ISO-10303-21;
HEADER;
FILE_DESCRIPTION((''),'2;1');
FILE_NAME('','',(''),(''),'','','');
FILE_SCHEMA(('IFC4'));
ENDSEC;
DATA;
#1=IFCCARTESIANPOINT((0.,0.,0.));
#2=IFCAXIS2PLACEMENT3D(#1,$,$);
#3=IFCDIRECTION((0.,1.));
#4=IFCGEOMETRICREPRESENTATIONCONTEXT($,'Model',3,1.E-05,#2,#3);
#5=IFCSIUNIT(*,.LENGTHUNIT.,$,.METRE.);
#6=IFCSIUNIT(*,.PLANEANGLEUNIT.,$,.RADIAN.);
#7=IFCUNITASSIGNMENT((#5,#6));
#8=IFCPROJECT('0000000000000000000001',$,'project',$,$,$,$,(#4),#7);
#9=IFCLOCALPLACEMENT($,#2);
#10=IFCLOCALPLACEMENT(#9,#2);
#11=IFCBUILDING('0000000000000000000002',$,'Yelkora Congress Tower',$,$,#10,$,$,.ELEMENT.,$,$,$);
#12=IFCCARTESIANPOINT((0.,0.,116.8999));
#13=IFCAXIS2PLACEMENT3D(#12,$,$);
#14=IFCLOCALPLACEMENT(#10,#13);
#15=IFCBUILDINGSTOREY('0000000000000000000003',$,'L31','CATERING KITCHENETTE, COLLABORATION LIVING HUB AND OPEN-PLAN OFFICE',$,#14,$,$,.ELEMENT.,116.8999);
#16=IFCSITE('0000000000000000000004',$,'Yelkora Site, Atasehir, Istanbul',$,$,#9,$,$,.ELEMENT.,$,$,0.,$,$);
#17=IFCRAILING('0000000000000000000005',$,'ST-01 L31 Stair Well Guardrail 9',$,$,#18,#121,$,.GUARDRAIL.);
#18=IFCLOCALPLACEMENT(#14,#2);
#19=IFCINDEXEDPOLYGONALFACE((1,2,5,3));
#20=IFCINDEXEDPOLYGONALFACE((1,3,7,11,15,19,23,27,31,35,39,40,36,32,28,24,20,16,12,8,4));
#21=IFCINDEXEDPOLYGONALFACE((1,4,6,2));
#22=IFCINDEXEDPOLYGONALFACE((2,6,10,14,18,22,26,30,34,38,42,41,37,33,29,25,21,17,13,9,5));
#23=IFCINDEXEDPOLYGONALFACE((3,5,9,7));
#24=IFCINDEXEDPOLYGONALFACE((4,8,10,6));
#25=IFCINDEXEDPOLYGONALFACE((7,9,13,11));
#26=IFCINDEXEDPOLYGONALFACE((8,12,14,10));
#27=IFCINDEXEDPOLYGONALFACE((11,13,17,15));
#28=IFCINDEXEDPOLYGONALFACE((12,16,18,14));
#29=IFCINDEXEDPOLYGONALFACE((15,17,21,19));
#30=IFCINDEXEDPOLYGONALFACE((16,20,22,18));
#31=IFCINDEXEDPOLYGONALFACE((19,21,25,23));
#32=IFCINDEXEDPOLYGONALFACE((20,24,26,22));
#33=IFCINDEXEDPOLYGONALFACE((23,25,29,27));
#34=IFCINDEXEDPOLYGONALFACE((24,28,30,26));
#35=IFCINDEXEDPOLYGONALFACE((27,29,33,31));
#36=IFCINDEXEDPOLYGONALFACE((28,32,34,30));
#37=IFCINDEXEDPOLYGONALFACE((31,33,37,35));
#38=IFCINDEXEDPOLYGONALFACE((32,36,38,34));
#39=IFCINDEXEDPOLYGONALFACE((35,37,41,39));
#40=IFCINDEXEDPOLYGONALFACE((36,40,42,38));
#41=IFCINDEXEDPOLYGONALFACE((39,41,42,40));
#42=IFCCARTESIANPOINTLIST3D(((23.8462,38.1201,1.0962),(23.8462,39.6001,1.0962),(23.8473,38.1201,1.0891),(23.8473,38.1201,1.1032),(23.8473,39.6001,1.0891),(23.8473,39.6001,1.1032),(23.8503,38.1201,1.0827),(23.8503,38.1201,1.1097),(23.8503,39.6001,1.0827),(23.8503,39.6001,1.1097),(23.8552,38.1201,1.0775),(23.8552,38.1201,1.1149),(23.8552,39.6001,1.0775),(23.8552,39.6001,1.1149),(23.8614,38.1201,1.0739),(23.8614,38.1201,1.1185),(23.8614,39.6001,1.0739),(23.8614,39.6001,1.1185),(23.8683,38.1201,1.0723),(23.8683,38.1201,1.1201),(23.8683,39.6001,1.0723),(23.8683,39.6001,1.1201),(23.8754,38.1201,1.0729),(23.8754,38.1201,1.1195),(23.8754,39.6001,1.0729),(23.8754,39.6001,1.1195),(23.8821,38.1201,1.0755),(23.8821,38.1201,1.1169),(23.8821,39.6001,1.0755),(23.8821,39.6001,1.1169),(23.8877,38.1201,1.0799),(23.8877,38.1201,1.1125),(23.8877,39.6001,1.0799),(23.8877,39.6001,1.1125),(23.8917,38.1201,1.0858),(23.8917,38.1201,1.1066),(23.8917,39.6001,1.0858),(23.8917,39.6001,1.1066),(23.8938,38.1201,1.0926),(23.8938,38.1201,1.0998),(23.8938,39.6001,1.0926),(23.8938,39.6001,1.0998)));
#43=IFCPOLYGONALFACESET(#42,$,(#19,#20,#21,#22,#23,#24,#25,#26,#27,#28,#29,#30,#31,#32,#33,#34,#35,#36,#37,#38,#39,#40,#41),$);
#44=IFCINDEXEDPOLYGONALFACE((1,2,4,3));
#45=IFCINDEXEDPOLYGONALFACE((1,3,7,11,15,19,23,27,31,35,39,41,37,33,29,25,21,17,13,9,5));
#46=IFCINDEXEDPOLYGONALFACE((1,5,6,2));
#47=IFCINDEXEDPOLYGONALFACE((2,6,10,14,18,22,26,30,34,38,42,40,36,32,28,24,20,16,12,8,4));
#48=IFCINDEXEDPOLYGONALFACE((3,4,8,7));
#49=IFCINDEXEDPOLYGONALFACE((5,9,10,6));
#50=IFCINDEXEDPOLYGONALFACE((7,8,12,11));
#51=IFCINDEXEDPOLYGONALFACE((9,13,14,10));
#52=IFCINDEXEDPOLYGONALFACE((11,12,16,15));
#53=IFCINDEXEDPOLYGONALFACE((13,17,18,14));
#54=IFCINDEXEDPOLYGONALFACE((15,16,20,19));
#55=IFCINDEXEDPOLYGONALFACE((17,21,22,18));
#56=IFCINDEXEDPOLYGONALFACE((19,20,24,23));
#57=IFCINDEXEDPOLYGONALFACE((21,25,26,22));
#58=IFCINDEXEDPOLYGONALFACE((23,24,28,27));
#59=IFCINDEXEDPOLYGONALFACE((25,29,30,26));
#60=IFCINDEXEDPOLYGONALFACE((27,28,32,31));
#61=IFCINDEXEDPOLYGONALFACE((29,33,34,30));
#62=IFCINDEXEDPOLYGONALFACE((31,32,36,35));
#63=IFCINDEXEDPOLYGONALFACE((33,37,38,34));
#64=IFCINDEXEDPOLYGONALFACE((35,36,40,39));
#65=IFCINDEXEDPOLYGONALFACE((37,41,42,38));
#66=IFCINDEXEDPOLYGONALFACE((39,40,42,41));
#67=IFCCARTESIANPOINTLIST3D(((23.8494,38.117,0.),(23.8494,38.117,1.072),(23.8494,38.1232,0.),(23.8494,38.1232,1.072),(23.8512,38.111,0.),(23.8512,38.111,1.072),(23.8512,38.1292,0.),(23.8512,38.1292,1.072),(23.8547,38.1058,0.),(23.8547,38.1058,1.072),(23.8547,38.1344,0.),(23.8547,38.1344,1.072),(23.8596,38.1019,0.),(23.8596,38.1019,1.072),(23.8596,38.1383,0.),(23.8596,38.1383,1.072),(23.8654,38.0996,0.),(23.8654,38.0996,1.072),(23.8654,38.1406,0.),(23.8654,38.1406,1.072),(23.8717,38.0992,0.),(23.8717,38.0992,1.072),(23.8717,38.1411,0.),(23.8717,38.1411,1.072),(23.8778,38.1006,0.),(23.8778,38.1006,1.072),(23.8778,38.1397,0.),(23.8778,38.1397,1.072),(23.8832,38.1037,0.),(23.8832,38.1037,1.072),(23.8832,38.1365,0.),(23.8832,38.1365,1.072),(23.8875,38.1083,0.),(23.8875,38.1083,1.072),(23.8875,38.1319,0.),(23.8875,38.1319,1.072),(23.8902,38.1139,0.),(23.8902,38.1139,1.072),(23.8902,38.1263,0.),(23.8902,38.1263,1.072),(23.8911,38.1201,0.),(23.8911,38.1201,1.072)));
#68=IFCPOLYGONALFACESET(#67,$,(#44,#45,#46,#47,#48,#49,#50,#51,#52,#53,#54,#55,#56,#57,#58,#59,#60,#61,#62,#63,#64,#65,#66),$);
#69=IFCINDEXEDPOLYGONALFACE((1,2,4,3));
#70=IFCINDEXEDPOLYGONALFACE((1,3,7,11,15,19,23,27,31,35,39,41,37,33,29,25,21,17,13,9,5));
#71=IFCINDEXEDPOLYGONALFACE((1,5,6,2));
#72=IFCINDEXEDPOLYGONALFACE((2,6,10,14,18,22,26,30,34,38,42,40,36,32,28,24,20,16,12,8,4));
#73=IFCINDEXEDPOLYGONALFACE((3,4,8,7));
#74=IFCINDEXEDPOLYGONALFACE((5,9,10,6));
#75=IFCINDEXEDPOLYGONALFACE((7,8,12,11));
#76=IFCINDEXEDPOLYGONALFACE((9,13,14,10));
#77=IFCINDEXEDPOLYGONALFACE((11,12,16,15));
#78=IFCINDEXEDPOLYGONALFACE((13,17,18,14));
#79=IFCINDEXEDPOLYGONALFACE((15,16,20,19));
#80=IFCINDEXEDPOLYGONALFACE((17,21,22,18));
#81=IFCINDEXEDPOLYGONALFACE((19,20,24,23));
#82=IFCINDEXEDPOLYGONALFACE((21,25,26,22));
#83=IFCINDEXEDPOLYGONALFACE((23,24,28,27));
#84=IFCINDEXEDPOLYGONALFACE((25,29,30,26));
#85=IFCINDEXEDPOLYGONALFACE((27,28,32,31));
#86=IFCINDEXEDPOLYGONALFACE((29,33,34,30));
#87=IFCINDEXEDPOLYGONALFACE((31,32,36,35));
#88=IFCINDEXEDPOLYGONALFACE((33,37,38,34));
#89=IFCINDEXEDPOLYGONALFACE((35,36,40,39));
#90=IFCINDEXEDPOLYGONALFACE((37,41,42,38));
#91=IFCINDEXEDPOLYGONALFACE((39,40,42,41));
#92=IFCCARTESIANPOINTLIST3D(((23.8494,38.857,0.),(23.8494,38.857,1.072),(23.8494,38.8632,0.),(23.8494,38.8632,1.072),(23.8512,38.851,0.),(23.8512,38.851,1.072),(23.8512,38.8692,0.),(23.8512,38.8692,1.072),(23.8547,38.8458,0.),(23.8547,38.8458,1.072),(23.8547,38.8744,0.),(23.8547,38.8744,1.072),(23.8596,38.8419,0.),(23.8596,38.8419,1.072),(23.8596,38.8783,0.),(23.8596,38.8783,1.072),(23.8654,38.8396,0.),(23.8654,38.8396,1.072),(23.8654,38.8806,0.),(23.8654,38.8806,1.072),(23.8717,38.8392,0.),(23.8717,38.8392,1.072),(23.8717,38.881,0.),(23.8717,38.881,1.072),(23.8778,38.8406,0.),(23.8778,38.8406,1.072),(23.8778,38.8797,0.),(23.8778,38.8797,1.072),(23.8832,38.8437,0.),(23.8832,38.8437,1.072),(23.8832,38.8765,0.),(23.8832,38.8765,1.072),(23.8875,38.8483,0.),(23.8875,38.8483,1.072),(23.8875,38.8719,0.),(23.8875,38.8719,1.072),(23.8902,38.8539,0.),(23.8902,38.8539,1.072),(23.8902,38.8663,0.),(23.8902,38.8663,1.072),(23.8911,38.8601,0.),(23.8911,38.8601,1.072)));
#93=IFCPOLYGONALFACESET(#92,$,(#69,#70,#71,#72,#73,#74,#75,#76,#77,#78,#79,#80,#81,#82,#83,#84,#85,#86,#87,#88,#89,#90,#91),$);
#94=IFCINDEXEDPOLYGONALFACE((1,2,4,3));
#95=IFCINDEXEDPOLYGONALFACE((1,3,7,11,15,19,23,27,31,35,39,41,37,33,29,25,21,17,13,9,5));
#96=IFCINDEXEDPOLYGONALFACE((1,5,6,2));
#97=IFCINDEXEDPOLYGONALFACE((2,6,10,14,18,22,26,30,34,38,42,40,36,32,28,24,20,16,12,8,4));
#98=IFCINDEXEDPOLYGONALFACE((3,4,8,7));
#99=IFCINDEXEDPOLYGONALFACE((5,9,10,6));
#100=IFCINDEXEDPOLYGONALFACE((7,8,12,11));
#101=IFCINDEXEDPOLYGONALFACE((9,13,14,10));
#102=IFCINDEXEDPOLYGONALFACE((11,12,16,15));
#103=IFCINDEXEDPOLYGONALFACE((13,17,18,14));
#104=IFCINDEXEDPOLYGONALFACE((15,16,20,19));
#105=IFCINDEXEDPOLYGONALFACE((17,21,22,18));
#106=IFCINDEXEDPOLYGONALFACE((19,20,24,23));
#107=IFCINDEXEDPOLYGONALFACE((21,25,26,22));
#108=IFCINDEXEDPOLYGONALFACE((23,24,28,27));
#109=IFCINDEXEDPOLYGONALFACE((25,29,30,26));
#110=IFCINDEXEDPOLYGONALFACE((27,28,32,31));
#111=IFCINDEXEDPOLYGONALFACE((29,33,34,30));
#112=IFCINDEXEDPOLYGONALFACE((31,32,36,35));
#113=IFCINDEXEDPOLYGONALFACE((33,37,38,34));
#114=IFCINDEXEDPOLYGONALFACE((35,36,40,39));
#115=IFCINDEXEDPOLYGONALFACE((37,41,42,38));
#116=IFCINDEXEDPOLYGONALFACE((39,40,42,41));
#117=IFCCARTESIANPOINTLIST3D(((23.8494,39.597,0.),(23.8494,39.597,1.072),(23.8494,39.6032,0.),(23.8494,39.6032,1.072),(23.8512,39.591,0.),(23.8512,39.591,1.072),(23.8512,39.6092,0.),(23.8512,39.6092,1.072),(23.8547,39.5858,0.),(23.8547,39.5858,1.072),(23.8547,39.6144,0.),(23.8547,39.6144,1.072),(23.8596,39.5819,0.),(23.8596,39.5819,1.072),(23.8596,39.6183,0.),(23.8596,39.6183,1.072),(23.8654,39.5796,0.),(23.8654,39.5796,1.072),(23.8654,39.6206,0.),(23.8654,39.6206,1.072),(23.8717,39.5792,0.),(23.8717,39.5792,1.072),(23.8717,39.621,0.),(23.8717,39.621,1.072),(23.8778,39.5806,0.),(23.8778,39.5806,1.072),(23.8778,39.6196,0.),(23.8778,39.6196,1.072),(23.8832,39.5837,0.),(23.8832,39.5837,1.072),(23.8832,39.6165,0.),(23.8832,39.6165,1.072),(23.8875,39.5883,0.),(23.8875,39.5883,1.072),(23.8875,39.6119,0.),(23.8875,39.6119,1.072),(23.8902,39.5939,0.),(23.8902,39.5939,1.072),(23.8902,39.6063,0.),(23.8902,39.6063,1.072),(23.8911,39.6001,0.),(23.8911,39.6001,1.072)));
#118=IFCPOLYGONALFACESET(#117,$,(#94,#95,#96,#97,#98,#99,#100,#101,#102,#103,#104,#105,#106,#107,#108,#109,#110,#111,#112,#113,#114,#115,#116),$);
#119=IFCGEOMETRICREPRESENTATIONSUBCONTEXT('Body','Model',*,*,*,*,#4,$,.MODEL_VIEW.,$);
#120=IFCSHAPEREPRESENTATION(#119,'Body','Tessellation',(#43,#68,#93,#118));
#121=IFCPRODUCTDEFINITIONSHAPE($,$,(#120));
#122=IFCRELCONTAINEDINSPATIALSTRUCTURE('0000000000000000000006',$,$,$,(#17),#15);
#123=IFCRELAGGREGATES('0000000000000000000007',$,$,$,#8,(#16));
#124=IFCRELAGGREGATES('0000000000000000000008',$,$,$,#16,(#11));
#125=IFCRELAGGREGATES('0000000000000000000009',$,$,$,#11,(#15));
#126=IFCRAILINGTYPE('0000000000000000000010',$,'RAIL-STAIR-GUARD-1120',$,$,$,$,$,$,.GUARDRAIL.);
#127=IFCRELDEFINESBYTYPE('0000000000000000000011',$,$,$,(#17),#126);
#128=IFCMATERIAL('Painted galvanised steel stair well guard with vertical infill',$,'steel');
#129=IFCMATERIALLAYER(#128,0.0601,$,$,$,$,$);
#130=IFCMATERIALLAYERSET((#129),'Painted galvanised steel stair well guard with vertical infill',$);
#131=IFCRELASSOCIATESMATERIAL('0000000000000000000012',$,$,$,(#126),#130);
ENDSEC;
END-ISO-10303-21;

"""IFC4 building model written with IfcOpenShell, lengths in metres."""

from ifc_helpers import new_model, si_unit, direction, frame, origin, origin_2d, place, context, subcontext, project, spatial, circle, extrude, material, layer, layer_set, type_object, element, save


model = new_model("IFC4")

# Units and contexts
model_context = context("Model", 3, precision=1e-05, world=origin(), true_north=direction((0.0, 1.0)))
body_context = subcontext(model_context, "Body", "Model", "MODEL_VIEW")
ifc_project = project(units=[si_unit("LENGTHUNIT", "METRE"), si_unit("PLANEANGLEUNIT", "RADIAN")], contexts=[model_context])

# Site, building, storey
site_placement = place(None, origin())
site = spatial("IfcSite", under=ifc_project, at=site_placement, Name="Yelkora Site, Atasehir, Istanbul", CompositionType="ELEMENT", RefElevation=0.0)
building_placement = place(site_placement, origin())
building = spatial("IfcBuilding", under=site, at=building_placement, Name="Yelkora Congress Tower", CompositionType="ELEMENT")
storey_placement = place(building_placement, frame((0.0, 0.0, 116.8999)))
storey = spatial("IfcBuildingStorey", under=building, at=storey_placement, Name="L31", Description="CATERING KITCHENETTE, COLLABORATION LIVING HUB AND OPEN-PLAN OFFICE", CompositionType="ELEMENT", Elevation=116.8999)

# Railing
ifc_material_1 = material(Name="Painted galvanised steel stair well guard with vertical infill", Category="steel")
ifc_layer_1 = layer(ifc_material_1, 0.0601)
ifc_layer_set_1 = layer_set([ifc_layer_1], Name="Painted galvanised steel stair well guard with vertical infill")
railing_type_1 = type_object("IfcRailingType", Name="RAIL-STAIR-GUARD-1120", PredefinedType="GUARDRAIL", material=ifc_layer_set_1)
railing_1_placement = place(storey_placement, frame((23.8701, 38.1201, 0.0)))
element("IfcRailing", 1, at=railing_1_placement, inside=storey, type_object=railing_type_1, Name="ST-01 L31 Stair Well Guardrail 9", PredefinedType="GUARDRAIL", context=body_context, shape_type="SweptSolid", body=[
    extrude(circle(Radius=0.0239, at=origin_2d()), frame((0.0, 0.0, 1.0962), z_axis=(0.0, 1.0, 0.0), x_axis=(-1.0, 0.0, 0.0)), (0.0, 0.0, 1.0), 1.48),
    extrude(circle(Radius=0.021, at=origin_2d()), origin(), (0.0, 0.0, 1.0), 1.072),
    extrude(circle(Radius=0.021, at=origin_2d()), frame((0.0, 0.74, 0.0)), (0.0, 0.0, 1.0), 1.072),
    extrude(circle(Radius=0.021, at=origin_2d()), frame((0.0, 1.48, 0.0)), (0.0, 0.0, 1.0), 1.072),
])

save(model, "model.ifc")
